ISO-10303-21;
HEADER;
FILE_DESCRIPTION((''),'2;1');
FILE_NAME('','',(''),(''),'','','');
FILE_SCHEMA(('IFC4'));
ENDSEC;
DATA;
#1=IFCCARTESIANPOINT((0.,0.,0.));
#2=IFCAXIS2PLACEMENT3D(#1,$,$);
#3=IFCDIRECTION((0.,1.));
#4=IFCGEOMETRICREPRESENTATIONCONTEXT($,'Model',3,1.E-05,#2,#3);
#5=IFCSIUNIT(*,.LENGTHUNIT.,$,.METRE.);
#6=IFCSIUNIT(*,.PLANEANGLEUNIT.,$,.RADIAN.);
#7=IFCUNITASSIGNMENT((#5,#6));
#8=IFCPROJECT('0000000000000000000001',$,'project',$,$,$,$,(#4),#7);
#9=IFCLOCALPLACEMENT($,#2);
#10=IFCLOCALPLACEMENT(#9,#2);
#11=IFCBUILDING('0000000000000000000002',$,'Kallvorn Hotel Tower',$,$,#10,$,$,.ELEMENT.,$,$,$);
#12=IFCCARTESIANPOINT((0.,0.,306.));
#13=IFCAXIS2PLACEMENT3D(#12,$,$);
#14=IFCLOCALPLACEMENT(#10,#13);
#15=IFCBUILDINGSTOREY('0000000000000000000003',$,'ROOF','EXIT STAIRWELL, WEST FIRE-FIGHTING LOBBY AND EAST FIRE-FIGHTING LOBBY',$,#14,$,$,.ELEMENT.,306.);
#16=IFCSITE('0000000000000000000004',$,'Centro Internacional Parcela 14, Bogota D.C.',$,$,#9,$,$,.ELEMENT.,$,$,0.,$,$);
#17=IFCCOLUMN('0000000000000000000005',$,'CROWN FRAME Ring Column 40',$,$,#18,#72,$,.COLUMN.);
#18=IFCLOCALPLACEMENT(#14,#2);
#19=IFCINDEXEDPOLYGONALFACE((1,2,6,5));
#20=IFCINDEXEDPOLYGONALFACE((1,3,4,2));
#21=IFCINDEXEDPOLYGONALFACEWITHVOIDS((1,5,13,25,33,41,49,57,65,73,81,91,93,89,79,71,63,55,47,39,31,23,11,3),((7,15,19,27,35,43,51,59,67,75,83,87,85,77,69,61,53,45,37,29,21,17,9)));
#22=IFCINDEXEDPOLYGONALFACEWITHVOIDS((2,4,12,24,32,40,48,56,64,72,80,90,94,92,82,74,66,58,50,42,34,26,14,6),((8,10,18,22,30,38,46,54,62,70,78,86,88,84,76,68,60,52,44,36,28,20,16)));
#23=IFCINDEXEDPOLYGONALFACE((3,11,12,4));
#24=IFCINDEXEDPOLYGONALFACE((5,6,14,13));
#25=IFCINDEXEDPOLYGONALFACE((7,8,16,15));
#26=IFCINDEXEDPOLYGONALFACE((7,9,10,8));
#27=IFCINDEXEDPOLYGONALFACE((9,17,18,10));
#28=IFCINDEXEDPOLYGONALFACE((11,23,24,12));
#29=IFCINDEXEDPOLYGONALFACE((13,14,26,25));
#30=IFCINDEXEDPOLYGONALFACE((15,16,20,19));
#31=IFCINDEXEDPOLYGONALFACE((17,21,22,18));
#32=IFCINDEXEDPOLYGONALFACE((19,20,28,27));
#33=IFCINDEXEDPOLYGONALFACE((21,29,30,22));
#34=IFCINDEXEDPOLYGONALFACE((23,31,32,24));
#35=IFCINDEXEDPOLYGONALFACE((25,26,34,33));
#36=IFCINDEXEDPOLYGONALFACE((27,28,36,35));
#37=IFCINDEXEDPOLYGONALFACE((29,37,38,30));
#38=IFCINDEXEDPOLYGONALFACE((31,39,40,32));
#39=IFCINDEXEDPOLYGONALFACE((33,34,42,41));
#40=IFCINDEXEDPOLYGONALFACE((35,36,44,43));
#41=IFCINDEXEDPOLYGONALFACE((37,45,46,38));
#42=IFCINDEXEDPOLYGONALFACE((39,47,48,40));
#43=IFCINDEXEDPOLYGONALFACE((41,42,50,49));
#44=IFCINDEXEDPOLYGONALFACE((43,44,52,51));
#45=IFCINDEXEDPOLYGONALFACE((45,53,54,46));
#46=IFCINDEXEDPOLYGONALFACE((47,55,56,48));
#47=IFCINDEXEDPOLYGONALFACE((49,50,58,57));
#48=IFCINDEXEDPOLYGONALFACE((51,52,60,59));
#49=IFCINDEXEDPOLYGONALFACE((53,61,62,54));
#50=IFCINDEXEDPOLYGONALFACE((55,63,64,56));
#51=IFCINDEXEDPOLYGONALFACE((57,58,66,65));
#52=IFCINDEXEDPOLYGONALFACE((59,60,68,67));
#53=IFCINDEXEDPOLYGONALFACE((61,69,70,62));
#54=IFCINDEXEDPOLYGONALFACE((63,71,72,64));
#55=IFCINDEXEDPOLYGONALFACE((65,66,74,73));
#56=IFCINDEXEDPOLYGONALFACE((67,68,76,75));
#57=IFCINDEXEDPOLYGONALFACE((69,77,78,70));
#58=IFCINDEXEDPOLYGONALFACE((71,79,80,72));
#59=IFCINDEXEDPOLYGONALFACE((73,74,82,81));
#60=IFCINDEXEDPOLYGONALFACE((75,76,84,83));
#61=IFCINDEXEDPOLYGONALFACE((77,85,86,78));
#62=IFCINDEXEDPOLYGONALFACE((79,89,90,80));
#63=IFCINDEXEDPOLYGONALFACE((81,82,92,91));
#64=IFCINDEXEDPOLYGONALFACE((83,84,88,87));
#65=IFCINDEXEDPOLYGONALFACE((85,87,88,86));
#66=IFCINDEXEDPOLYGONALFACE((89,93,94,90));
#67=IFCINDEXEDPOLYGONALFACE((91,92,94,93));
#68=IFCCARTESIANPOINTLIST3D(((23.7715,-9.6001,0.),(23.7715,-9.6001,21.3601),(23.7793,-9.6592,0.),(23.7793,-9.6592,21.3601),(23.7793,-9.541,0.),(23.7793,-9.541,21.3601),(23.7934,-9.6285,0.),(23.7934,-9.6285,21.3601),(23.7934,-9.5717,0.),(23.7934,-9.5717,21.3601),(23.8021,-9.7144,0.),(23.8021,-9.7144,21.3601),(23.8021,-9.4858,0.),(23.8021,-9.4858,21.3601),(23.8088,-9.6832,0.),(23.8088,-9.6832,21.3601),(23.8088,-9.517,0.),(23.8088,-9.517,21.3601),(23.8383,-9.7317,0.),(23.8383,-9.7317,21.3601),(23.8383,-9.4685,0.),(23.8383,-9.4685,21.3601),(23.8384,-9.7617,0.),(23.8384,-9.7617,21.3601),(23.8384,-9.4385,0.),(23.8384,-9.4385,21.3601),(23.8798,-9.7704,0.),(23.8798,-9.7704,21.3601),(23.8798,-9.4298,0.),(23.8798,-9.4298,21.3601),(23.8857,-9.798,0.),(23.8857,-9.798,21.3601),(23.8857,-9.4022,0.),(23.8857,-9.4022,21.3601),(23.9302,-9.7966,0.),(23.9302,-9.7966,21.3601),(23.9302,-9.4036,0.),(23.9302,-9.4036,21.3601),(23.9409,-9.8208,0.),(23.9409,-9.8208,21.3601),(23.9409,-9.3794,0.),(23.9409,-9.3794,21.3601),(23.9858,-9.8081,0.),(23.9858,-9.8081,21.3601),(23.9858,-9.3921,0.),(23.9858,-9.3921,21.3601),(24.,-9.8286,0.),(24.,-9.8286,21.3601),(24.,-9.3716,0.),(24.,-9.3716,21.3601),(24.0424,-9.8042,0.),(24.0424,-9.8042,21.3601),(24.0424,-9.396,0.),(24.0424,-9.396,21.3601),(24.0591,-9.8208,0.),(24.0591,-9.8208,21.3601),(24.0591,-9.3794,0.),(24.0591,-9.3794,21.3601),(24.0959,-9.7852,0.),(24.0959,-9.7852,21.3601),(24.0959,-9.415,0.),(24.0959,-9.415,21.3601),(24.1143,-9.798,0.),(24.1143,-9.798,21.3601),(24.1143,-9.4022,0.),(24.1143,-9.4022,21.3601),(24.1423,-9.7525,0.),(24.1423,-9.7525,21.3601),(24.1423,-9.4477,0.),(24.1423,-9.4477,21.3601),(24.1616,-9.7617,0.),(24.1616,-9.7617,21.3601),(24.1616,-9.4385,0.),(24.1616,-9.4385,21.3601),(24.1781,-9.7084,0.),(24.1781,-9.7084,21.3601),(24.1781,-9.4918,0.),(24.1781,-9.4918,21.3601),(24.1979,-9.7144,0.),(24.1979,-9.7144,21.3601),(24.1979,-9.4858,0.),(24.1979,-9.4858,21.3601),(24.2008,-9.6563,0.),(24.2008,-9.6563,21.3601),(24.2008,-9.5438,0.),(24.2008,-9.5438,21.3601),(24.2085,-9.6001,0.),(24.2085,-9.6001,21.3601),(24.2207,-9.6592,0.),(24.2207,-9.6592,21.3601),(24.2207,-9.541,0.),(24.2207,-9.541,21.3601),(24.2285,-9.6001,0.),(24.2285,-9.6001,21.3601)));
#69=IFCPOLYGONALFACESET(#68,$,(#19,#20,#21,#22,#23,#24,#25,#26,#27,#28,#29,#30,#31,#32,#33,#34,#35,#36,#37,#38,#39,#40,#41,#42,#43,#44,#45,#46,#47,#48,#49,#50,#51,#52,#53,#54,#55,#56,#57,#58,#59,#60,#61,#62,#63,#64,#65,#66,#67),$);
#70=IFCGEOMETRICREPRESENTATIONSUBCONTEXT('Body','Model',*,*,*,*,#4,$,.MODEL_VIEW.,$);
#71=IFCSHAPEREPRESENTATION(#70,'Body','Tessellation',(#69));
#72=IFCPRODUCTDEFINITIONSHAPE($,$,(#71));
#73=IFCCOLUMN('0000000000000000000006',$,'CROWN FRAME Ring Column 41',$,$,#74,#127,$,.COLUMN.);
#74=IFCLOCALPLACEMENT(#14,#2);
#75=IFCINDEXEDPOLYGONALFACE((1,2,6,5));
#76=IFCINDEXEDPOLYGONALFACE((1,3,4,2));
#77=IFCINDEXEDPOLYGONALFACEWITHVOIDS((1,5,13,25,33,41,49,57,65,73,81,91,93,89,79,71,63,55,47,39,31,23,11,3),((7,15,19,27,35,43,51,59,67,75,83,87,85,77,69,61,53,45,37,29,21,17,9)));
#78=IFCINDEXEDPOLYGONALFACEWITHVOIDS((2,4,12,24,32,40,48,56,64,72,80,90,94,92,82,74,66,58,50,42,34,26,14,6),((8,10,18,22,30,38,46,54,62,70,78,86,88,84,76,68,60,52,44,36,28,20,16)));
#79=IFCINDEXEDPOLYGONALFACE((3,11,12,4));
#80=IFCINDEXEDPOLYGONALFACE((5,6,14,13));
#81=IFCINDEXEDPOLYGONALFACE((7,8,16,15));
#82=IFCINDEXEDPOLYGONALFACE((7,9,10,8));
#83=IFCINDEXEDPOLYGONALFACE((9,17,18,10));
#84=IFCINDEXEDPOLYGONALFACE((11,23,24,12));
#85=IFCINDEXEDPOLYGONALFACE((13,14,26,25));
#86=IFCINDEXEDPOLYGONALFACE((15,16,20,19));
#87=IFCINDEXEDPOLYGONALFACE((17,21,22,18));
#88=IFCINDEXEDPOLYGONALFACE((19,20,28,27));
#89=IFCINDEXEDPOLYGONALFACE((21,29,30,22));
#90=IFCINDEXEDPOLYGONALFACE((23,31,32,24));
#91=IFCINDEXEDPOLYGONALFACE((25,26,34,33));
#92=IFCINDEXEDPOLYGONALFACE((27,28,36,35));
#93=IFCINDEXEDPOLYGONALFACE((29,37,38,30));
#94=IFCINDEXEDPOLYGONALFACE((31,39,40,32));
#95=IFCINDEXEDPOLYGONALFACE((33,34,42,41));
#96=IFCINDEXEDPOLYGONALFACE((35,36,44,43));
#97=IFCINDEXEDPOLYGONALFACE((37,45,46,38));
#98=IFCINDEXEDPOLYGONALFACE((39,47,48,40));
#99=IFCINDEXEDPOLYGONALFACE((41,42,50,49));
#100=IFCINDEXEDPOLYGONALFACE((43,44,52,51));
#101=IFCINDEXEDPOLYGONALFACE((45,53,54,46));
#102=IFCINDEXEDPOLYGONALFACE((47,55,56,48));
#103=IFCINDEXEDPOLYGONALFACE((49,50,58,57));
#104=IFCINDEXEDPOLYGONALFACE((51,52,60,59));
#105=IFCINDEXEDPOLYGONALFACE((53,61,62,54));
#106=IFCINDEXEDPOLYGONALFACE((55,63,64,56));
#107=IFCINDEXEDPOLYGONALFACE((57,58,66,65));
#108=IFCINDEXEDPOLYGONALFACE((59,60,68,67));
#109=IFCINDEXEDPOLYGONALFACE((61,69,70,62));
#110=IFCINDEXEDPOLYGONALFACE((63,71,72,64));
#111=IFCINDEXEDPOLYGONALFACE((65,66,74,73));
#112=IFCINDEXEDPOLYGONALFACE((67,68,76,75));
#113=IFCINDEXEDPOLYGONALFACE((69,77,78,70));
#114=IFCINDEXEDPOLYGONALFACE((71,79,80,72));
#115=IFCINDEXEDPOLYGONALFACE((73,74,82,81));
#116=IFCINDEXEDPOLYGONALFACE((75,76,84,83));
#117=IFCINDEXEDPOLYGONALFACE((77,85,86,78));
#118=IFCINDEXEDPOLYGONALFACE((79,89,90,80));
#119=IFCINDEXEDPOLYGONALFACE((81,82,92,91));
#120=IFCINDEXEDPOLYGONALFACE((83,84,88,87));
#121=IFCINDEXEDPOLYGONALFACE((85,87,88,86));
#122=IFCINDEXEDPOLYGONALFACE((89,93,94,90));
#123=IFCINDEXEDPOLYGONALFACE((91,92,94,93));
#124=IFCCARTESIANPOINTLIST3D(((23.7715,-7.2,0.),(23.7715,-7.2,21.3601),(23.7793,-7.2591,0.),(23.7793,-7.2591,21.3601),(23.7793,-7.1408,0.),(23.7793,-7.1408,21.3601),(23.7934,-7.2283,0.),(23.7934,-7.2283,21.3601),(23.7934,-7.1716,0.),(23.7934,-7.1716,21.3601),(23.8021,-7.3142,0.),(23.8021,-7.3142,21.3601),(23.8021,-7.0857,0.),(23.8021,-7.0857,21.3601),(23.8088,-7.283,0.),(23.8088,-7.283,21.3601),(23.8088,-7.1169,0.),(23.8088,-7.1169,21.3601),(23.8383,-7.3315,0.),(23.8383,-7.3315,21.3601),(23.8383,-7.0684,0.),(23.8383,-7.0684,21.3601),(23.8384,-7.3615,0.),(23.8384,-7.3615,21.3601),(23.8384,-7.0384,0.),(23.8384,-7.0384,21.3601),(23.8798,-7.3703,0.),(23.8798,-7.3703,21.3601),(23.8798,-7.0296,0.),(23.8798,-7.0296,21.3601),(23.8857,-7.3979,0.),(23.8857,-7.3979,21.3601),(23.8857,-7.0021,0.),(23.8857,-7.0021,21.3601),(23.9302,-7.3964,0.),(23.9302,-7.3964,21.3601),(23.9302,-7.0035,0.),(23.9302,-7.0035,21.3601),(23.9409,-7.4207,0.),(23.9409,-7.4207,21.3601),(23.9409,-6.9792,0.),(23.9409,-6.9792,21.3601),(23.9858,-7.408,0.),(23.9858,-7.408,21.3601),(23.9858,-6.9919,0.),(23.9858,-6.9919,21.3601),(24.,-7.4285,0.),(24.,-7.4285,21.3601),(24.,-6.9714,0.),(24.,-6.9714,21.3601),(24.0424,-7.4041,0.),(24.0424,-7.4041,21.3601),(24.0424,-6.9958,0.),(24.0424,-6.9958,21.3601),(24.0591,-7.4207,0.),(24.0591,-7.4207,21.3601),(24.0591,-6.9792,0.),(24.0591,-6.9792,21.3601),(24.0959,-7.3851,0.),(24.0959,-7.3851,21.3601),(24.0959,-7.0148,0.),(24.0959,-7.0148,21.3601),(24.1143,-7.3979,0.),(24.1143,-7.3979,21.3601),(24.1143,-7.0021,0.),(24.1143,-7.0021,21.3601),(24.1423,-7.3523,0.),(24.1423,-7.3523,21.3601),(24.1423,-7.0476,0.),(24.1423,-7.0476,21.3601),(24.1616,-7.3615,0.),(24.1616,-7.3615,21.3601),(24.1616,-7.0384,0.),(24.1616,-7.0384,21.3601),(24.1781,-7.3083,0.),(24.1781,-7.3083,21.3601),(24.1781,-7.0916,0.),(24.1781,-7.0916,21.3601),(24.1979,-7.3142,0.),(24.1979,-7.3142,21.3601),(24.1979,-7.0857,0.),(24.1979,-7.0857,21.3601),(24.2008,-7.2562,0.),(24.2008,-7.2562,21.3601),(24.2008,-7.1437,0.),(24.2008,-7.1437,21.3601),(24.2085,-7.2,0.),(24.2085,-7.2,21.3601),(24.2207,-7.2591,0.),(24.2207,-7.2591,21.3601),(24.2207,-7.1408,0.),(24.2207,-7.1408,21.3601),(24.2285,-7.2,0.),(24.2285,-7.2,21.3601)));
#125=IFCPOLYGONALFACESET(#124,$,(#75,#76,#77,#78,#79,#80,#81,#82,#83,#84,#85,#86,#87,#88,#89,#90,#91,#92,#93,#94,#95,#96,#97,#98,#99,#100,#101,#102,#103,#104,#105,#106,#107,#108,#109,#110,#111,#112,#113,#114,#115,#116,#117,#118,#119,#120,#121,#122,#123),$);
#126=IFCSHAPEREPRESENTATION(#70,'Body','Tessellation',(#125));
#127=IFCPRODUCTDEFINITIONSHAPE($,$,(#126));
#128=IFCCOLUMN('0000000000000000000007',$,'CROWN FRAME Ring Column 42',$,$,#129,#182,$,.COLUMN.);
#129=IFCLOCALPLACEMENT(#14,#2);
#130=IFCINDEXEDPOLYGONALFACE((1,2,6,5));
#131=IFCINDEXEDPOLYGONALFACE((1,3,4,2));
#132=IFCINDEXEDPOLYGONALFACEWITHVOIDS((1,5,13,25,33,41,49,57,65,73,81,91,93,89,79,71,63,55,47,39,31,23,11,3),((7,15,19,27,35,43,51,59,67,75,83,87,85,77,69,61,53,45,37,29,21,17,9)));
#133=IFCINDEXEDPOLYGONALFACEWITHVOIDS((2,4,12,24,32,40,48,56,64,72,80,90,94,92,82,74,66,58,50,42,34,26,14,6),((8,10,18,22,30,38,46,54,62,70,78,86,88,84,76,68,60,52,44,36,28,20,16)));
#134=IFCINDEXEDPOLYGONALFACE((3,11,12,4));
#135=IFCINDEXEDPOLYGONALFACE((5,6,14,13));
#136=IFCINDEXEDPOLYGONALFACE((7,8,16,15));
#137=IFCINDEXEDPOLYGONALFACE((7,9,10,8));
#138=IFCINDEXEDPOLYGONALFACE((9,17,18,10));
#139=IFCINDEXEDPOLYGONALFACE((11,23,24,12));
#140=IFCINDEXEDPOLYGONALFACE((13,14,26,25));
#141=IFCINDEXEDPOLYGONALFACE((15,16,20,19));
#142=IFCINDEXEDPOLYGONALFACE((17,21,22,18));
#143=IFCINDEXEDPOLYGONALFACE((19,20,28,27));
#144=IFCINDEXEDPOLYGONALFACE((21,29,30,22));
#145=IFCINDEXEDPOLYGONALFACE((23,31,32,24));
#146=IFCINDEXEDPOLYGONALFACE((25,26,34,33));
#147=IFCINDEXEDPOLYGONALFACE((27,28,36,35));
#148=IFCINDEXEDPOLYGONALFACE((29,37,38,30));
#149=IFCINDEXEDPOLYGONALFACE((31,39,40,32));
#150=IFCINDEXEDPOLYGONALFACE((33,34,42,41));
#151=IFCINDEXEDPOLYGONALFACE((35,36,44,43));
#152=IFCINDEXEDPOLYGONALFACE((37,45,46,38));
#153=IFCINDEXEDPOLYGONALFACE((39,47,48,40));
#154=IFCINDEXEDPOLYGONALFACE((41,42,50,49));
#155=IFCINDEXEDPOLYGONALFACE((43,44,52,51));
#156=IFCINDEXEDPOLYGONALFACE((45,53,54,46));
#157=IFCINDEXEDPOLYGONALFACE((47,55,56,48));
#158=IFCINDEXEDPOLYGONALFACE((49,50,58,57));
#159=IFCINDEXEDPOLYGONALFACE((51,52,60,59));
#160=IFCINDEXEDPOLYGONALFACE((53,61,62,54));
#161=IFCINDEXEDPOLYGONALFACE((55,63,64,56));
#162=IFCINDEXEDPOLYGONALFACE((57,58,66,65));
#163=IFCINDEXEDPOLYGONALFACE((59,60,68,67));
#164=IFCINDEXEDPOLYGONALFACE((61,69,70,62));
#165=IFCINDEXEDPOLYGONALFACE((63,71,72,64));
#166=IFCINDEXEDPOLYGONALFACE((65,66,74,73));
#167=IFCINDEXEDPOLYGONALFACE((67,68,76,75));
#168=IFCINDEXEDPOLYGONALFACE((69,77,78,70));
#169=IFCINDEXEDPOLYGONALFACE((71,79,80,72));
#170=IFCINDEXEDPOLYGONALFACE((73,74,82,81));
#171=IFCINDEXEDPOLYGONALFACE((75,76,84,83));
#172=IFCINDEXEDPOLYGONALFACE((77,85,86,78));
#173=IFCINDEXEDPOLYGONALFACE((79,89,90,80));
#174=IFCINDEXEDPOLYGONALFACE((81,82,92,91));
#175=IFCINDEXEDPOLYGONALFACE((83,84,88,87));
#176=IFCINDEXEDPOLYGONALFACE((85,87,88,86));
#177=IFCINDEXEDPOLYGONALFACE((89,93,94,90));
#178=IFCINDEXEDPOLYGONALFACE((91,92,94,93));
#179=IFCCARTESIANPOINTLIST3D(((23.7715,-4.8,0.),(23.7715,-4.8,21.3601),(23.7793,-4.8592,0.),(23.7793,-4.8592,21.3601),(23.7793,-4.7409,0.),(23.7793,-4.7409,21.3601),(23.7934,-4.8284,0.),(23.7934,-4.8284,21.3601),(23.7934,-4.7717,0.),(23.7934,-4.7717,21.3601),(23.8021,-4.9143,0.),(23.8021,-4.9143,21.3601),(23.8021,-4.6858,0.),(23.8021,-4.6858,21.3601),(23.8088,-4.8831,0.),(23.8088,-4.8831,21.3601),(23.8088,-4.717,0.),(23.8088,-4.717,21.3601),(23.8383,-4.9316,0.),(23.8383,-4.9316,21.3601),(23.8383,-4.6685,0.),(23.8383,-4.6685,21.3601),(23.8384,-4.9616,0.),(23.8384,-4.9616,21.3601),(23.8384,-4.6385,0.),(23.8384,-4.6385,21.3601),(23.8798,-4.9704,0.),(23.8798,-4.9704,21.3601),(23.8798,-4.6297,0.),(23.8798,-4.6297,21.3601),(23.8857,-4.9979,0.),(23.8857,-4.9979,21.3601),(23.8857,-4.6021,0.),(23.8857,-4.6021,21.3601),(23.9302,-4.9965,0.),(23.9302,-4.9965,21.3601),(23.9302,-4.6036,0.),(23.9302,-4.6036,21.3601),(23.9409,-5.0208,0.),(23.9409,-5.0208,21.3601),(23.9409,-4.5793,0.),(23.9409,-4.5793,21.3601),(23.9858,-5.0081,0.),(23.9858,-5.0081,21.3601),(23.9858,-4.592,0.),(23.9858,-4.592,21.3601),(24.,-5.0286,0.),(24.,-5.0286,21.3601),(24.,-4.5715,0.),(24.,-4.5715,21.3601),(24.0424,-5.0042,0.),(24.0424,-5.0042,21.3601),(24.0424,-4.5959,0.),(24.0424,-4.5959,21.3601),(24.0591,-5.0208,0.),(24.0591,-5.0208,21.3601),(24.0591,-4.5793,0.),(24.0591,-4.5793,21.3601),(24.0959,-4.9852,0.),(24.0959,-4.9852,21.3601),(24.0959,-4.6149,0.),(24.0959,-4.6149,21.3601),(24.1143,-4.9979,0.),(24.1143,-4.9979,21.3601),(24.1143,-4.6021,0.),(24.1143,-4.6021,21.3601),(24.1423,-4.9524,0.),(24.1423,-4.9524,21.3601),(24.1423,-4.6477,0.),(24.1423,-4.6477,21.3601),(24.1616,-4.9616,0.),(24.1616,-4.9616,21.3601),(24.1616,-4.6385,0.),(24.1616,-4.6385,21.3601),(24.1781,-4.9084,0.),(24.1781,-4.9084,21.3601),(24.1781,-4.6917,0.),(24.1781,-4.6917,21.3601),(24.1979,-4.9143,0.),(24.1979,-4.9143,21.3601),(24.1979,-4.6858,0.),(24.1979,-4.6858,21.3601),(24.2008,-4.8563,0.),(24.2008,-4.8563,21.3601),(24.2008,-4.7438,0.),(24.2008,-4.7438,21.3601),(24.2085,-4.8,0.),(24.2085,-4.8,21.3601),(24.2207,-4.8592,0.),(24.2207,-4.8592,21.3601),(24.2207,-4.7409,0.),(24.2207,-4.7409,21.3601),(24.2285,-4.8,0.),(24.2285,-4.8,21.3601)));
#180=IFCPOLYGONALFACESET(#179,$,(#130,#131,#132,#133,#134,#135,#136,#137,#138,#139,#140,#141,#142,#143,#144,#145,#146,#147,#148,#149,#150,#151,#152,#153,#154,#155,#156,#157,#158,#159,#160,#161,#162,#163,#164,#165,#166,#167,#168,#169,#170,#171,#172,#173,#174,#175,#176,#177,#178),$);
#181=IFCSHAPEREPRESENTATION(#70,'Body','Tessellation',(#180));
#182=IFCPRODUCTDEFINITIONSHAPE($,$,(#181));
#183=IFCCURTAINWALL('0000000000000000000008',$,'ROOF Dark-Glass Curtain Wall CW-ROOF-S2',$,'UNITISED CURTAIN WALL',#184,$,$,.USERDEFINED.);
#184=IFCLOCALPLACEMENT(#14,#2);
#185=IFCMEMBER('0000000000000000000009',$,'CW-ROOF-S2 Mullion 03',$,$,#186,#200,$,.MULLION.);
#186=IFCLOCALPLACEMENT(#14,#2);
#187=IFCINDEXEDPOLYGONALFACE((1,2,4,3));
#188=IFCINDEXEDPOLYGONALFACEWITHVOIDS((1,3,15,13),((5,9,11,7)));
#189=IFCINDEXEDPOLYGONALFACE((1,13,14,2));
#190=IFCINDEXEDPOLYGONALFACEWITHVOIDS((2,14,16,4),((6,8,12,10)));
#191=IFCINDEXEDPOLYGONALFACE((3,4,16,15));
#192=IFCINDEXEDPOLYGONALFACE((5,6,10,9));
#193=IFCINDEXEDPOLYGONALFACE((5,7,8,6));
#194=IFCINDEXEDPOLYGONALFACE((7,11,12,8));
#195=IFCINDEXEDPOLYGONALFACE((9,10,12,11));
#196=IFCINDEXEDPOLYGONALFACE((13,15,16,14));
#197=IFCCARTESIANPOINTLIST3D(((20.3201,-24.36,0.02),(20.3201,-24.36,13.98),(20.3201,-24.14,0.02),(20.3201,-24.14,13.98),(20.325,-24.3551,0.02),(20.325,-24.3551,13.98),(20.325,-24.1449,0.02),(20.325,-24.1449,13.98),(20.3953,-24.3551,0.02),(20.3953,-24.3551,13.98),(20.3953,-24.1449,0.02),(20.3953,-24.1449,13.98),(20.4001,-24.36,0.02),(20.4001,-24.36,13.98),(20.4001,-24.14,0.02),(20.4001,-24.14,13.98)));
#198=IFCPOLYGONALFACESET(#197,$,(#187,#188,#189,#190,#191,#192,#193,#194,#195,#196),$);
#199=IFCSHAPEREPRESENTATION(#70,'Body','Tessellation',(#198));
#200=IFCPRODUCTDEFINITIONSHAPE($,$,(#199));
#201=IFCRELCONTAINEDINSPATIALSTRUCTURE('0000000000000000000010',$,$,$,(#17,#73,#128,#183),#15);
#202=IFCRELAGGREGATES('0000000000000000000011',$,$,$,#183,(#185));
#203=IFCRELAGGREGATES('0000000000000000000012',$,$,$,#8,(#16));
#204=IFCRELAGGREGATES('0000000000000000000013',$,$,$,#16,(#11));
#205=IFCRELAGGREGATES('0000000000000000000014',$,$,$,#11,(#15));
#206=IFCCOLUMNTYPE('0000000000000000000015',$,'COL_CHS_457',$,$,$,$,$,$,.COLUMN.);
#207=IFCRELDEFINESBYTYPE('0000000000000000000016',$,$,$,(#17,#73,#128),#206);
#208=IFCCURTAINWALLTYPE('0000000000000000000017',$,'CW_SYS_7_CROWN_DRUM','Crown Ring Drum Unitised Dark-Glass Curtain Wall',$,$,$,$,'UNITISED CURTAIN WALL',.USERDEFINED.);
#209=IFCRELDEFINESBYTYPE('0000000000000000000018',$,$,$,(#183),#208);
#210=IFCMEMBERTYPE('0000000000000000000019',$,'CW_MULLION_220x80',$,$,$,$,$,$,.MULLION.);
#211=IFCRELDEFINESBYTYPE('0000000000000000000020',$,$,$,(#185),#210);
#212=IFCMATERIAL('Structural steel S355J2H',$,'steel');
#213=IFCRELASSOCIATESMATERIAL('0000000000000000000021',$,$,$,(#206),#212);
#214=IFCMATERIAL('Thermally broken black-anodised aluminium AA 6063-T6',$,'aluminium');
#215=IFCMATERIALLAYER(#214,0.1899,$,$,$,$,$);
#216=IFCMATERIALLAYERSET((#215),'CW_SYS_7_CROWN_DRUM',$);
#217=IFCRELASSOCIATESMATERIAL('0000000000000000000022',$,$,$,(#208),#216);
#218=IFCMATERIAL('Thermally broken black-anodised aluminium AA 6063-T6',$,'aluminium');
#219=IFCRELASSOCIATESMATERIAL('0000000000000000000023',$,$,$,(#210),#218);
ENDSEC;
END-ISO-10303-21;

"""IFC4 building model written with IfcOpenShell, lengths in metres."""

from ifc_helpers import new_model, si_unit, direction, frame, origin, origin_2d, place, context, subcontext, project, spatial, hollow_rectangle, hollow_circle, extrude, material, layer, layer_set, material_profile, profile_set, type_object, element, aggregate, save


model = new_model("IFC4")

# Units and contexts
model_context = context("Model", 3, precision=1e-05, world=origin(), true_north=direction((0.0, 1.0)))
body_context = subcontext(model_context, "Body", "Model", "MODEL_VIEW")
ifc_project = project(units=[si_unit("LENGTHUNIT", "METRE"), si_unit("PLANEANGLEUNIT", "RADIAN")], contexts=[model_context])

# Site, building, storey
site_placement = place(None, origin())
site = spatial("IfcSite", under=ifc_project, at=site_placement, Name="Centro Internacional Parcela 14, Bogota D.C.", CompositionType="ELEMENT", RefElevation=0.0)
building_placement = place(site_placement, origin())
building = spatial("IfcBuilding", under=site, at=building_placement, Name="Kallvorn Hotel Tower", CompositionType="ELEMENT")
storey_placement = place(building_placement, frame((0.0, 0.0, 306.0)))
storey = spatial("IfcBuildingStorey", under=building, at=storey_placement, Name="ROOF", Description="EXIT STAIRWELL, WEST FIRE-FIGHTING LOBBY AND EAST FIRE-FIGHTING LOBBY", CompositionType="ELEMENT", Elevation=306.0)

# Columns
ifc_material_1 = material(Name="Structural steel S355J2H", Category="steel")
ifc_material_profile_1 = material_profile(ifc_material_1, hollow_circle(Radius=0.2285, WallThickness=0.02, at=origin_2d()), Name="CHS 457x20")
ifc_profile_set_1 = profile_set([ifc_material_profile_1], Name="Structural steel S355J2H")
column_type = type_object("IfcColumnType", Name="COL_CHS_457", PredefinedType="COLUMN", material=ifc_profile_set_1)
for number, where, z_axis, x_axis, name in (
    (1, (24.0, -9.6001, 0.0), (0.0, 0.0, 1.0), (1.0, 0.0, 0.0), "CROWN FRAME Ring Column 40"),
    (2, (24.0, -7.2, 0.0), (0.0, 0.0, 1.0), (1.0, 0.0, 0.0), "CROWN FRAME Ring Column 41"),
    (3, (24.0, -4.8, 0.0), (0.0, 0.0, 1.0), (1.0, 0.0, 0.0), "CROWN FRAME Ring Column 42"),
):
    element("IfcColumn", number, at=place(storey_placement, frame(where, z_axis=z_axis, x_axis=x_axis)), inside=storey, type_object=column_type, Name=name, PredefinedType="COLUMN", context=body_context, shape_type="SweptSolid", body=[
        extrude(hollow_circle(Radius=0.2285, WallThickness=0.02, at=origin_2d()), origin(), (0.0, 0.0, 1.0), 21.3601),
    ])

# Curtain wall, member
ifc_material_2 = material(Name="Thermally broken black-anodised aluminium AA 6063-T6", Category="aluminium")
ifc_layer_1 = layer(ifc_material_2, 0.1899)
ifc_layer_set_1 = layer_set([ifc_layer_1], Name="CW_SYS_7_CROWN_DRUM")
curtain_wall_type = type_object("IfcCurtainWallType", Name="CW_SYS_7_CROWN_DRUM", Description="Crown Ring Drum Unitised Dark-Glass Curtain Wall", ElementType="UNITISED CURTAIN WALL", PredefinedType="USERDEFINED", material=ifc_layer_set_1)
curtain_wall_1_placement = place(storey_placement, origin())
curtain_wall_1 = element("IfcCurtainWall", 4, at=curtain_wall_1_placement, inside=storey, type_object=curtain_wall_type, Name="ROOF Dark-Glass Curtain Wall CW-ROOF-S2", ObjectType="UNITISED CURTAIN WALL", PredefinedType="USERDEFINED")
ifc_material_3 = material(Name="Thermally broken black-anodised aluminium AA 6063-T6", Category="aluminium")
ifc_material_profile_2 = material_profile(ifc_material_3, hollow_rectangle(XDim=0.0801, YDim=0.22, WallThickness=0.0049, at=origin_2d()), Name="MUL 220x80")
ifc_profile_set_2 = profile_set([ifc_material_profile_2], Name="Thermally broken black-anodised aluminium AA 6063-T6")
member_type = type_object("IfcMemberType", Name="CW_MULLION_220x80", PredefinedType="MULLION", material=ifc_profile_set_2)
member_1_placement = place(storey_placement, frame((20.3601, -24.25, 0.02), z_axis=(0.0, 0.0, 1.0), x_axis=(1.0, 0.0, 0.0)))
member_1 = element("IfcMember", 5, at=member_1_placement, type_object=member_type, Name="CW-ROOF-S2 Mullion 03", PredefinedType="MULLION", context=body_context, shape_type="SweptSolid", body=[
    extrude(hollow_rectangle(XDim=0.0801, YDim=0.22, WallThickness=0.0049, at=origin_2d()), origin(), (0.0, 0.0, 1.0), 13.96),
])
aggregate(curtain_wall_1, [member_1])

save(model, "model.ifc")
